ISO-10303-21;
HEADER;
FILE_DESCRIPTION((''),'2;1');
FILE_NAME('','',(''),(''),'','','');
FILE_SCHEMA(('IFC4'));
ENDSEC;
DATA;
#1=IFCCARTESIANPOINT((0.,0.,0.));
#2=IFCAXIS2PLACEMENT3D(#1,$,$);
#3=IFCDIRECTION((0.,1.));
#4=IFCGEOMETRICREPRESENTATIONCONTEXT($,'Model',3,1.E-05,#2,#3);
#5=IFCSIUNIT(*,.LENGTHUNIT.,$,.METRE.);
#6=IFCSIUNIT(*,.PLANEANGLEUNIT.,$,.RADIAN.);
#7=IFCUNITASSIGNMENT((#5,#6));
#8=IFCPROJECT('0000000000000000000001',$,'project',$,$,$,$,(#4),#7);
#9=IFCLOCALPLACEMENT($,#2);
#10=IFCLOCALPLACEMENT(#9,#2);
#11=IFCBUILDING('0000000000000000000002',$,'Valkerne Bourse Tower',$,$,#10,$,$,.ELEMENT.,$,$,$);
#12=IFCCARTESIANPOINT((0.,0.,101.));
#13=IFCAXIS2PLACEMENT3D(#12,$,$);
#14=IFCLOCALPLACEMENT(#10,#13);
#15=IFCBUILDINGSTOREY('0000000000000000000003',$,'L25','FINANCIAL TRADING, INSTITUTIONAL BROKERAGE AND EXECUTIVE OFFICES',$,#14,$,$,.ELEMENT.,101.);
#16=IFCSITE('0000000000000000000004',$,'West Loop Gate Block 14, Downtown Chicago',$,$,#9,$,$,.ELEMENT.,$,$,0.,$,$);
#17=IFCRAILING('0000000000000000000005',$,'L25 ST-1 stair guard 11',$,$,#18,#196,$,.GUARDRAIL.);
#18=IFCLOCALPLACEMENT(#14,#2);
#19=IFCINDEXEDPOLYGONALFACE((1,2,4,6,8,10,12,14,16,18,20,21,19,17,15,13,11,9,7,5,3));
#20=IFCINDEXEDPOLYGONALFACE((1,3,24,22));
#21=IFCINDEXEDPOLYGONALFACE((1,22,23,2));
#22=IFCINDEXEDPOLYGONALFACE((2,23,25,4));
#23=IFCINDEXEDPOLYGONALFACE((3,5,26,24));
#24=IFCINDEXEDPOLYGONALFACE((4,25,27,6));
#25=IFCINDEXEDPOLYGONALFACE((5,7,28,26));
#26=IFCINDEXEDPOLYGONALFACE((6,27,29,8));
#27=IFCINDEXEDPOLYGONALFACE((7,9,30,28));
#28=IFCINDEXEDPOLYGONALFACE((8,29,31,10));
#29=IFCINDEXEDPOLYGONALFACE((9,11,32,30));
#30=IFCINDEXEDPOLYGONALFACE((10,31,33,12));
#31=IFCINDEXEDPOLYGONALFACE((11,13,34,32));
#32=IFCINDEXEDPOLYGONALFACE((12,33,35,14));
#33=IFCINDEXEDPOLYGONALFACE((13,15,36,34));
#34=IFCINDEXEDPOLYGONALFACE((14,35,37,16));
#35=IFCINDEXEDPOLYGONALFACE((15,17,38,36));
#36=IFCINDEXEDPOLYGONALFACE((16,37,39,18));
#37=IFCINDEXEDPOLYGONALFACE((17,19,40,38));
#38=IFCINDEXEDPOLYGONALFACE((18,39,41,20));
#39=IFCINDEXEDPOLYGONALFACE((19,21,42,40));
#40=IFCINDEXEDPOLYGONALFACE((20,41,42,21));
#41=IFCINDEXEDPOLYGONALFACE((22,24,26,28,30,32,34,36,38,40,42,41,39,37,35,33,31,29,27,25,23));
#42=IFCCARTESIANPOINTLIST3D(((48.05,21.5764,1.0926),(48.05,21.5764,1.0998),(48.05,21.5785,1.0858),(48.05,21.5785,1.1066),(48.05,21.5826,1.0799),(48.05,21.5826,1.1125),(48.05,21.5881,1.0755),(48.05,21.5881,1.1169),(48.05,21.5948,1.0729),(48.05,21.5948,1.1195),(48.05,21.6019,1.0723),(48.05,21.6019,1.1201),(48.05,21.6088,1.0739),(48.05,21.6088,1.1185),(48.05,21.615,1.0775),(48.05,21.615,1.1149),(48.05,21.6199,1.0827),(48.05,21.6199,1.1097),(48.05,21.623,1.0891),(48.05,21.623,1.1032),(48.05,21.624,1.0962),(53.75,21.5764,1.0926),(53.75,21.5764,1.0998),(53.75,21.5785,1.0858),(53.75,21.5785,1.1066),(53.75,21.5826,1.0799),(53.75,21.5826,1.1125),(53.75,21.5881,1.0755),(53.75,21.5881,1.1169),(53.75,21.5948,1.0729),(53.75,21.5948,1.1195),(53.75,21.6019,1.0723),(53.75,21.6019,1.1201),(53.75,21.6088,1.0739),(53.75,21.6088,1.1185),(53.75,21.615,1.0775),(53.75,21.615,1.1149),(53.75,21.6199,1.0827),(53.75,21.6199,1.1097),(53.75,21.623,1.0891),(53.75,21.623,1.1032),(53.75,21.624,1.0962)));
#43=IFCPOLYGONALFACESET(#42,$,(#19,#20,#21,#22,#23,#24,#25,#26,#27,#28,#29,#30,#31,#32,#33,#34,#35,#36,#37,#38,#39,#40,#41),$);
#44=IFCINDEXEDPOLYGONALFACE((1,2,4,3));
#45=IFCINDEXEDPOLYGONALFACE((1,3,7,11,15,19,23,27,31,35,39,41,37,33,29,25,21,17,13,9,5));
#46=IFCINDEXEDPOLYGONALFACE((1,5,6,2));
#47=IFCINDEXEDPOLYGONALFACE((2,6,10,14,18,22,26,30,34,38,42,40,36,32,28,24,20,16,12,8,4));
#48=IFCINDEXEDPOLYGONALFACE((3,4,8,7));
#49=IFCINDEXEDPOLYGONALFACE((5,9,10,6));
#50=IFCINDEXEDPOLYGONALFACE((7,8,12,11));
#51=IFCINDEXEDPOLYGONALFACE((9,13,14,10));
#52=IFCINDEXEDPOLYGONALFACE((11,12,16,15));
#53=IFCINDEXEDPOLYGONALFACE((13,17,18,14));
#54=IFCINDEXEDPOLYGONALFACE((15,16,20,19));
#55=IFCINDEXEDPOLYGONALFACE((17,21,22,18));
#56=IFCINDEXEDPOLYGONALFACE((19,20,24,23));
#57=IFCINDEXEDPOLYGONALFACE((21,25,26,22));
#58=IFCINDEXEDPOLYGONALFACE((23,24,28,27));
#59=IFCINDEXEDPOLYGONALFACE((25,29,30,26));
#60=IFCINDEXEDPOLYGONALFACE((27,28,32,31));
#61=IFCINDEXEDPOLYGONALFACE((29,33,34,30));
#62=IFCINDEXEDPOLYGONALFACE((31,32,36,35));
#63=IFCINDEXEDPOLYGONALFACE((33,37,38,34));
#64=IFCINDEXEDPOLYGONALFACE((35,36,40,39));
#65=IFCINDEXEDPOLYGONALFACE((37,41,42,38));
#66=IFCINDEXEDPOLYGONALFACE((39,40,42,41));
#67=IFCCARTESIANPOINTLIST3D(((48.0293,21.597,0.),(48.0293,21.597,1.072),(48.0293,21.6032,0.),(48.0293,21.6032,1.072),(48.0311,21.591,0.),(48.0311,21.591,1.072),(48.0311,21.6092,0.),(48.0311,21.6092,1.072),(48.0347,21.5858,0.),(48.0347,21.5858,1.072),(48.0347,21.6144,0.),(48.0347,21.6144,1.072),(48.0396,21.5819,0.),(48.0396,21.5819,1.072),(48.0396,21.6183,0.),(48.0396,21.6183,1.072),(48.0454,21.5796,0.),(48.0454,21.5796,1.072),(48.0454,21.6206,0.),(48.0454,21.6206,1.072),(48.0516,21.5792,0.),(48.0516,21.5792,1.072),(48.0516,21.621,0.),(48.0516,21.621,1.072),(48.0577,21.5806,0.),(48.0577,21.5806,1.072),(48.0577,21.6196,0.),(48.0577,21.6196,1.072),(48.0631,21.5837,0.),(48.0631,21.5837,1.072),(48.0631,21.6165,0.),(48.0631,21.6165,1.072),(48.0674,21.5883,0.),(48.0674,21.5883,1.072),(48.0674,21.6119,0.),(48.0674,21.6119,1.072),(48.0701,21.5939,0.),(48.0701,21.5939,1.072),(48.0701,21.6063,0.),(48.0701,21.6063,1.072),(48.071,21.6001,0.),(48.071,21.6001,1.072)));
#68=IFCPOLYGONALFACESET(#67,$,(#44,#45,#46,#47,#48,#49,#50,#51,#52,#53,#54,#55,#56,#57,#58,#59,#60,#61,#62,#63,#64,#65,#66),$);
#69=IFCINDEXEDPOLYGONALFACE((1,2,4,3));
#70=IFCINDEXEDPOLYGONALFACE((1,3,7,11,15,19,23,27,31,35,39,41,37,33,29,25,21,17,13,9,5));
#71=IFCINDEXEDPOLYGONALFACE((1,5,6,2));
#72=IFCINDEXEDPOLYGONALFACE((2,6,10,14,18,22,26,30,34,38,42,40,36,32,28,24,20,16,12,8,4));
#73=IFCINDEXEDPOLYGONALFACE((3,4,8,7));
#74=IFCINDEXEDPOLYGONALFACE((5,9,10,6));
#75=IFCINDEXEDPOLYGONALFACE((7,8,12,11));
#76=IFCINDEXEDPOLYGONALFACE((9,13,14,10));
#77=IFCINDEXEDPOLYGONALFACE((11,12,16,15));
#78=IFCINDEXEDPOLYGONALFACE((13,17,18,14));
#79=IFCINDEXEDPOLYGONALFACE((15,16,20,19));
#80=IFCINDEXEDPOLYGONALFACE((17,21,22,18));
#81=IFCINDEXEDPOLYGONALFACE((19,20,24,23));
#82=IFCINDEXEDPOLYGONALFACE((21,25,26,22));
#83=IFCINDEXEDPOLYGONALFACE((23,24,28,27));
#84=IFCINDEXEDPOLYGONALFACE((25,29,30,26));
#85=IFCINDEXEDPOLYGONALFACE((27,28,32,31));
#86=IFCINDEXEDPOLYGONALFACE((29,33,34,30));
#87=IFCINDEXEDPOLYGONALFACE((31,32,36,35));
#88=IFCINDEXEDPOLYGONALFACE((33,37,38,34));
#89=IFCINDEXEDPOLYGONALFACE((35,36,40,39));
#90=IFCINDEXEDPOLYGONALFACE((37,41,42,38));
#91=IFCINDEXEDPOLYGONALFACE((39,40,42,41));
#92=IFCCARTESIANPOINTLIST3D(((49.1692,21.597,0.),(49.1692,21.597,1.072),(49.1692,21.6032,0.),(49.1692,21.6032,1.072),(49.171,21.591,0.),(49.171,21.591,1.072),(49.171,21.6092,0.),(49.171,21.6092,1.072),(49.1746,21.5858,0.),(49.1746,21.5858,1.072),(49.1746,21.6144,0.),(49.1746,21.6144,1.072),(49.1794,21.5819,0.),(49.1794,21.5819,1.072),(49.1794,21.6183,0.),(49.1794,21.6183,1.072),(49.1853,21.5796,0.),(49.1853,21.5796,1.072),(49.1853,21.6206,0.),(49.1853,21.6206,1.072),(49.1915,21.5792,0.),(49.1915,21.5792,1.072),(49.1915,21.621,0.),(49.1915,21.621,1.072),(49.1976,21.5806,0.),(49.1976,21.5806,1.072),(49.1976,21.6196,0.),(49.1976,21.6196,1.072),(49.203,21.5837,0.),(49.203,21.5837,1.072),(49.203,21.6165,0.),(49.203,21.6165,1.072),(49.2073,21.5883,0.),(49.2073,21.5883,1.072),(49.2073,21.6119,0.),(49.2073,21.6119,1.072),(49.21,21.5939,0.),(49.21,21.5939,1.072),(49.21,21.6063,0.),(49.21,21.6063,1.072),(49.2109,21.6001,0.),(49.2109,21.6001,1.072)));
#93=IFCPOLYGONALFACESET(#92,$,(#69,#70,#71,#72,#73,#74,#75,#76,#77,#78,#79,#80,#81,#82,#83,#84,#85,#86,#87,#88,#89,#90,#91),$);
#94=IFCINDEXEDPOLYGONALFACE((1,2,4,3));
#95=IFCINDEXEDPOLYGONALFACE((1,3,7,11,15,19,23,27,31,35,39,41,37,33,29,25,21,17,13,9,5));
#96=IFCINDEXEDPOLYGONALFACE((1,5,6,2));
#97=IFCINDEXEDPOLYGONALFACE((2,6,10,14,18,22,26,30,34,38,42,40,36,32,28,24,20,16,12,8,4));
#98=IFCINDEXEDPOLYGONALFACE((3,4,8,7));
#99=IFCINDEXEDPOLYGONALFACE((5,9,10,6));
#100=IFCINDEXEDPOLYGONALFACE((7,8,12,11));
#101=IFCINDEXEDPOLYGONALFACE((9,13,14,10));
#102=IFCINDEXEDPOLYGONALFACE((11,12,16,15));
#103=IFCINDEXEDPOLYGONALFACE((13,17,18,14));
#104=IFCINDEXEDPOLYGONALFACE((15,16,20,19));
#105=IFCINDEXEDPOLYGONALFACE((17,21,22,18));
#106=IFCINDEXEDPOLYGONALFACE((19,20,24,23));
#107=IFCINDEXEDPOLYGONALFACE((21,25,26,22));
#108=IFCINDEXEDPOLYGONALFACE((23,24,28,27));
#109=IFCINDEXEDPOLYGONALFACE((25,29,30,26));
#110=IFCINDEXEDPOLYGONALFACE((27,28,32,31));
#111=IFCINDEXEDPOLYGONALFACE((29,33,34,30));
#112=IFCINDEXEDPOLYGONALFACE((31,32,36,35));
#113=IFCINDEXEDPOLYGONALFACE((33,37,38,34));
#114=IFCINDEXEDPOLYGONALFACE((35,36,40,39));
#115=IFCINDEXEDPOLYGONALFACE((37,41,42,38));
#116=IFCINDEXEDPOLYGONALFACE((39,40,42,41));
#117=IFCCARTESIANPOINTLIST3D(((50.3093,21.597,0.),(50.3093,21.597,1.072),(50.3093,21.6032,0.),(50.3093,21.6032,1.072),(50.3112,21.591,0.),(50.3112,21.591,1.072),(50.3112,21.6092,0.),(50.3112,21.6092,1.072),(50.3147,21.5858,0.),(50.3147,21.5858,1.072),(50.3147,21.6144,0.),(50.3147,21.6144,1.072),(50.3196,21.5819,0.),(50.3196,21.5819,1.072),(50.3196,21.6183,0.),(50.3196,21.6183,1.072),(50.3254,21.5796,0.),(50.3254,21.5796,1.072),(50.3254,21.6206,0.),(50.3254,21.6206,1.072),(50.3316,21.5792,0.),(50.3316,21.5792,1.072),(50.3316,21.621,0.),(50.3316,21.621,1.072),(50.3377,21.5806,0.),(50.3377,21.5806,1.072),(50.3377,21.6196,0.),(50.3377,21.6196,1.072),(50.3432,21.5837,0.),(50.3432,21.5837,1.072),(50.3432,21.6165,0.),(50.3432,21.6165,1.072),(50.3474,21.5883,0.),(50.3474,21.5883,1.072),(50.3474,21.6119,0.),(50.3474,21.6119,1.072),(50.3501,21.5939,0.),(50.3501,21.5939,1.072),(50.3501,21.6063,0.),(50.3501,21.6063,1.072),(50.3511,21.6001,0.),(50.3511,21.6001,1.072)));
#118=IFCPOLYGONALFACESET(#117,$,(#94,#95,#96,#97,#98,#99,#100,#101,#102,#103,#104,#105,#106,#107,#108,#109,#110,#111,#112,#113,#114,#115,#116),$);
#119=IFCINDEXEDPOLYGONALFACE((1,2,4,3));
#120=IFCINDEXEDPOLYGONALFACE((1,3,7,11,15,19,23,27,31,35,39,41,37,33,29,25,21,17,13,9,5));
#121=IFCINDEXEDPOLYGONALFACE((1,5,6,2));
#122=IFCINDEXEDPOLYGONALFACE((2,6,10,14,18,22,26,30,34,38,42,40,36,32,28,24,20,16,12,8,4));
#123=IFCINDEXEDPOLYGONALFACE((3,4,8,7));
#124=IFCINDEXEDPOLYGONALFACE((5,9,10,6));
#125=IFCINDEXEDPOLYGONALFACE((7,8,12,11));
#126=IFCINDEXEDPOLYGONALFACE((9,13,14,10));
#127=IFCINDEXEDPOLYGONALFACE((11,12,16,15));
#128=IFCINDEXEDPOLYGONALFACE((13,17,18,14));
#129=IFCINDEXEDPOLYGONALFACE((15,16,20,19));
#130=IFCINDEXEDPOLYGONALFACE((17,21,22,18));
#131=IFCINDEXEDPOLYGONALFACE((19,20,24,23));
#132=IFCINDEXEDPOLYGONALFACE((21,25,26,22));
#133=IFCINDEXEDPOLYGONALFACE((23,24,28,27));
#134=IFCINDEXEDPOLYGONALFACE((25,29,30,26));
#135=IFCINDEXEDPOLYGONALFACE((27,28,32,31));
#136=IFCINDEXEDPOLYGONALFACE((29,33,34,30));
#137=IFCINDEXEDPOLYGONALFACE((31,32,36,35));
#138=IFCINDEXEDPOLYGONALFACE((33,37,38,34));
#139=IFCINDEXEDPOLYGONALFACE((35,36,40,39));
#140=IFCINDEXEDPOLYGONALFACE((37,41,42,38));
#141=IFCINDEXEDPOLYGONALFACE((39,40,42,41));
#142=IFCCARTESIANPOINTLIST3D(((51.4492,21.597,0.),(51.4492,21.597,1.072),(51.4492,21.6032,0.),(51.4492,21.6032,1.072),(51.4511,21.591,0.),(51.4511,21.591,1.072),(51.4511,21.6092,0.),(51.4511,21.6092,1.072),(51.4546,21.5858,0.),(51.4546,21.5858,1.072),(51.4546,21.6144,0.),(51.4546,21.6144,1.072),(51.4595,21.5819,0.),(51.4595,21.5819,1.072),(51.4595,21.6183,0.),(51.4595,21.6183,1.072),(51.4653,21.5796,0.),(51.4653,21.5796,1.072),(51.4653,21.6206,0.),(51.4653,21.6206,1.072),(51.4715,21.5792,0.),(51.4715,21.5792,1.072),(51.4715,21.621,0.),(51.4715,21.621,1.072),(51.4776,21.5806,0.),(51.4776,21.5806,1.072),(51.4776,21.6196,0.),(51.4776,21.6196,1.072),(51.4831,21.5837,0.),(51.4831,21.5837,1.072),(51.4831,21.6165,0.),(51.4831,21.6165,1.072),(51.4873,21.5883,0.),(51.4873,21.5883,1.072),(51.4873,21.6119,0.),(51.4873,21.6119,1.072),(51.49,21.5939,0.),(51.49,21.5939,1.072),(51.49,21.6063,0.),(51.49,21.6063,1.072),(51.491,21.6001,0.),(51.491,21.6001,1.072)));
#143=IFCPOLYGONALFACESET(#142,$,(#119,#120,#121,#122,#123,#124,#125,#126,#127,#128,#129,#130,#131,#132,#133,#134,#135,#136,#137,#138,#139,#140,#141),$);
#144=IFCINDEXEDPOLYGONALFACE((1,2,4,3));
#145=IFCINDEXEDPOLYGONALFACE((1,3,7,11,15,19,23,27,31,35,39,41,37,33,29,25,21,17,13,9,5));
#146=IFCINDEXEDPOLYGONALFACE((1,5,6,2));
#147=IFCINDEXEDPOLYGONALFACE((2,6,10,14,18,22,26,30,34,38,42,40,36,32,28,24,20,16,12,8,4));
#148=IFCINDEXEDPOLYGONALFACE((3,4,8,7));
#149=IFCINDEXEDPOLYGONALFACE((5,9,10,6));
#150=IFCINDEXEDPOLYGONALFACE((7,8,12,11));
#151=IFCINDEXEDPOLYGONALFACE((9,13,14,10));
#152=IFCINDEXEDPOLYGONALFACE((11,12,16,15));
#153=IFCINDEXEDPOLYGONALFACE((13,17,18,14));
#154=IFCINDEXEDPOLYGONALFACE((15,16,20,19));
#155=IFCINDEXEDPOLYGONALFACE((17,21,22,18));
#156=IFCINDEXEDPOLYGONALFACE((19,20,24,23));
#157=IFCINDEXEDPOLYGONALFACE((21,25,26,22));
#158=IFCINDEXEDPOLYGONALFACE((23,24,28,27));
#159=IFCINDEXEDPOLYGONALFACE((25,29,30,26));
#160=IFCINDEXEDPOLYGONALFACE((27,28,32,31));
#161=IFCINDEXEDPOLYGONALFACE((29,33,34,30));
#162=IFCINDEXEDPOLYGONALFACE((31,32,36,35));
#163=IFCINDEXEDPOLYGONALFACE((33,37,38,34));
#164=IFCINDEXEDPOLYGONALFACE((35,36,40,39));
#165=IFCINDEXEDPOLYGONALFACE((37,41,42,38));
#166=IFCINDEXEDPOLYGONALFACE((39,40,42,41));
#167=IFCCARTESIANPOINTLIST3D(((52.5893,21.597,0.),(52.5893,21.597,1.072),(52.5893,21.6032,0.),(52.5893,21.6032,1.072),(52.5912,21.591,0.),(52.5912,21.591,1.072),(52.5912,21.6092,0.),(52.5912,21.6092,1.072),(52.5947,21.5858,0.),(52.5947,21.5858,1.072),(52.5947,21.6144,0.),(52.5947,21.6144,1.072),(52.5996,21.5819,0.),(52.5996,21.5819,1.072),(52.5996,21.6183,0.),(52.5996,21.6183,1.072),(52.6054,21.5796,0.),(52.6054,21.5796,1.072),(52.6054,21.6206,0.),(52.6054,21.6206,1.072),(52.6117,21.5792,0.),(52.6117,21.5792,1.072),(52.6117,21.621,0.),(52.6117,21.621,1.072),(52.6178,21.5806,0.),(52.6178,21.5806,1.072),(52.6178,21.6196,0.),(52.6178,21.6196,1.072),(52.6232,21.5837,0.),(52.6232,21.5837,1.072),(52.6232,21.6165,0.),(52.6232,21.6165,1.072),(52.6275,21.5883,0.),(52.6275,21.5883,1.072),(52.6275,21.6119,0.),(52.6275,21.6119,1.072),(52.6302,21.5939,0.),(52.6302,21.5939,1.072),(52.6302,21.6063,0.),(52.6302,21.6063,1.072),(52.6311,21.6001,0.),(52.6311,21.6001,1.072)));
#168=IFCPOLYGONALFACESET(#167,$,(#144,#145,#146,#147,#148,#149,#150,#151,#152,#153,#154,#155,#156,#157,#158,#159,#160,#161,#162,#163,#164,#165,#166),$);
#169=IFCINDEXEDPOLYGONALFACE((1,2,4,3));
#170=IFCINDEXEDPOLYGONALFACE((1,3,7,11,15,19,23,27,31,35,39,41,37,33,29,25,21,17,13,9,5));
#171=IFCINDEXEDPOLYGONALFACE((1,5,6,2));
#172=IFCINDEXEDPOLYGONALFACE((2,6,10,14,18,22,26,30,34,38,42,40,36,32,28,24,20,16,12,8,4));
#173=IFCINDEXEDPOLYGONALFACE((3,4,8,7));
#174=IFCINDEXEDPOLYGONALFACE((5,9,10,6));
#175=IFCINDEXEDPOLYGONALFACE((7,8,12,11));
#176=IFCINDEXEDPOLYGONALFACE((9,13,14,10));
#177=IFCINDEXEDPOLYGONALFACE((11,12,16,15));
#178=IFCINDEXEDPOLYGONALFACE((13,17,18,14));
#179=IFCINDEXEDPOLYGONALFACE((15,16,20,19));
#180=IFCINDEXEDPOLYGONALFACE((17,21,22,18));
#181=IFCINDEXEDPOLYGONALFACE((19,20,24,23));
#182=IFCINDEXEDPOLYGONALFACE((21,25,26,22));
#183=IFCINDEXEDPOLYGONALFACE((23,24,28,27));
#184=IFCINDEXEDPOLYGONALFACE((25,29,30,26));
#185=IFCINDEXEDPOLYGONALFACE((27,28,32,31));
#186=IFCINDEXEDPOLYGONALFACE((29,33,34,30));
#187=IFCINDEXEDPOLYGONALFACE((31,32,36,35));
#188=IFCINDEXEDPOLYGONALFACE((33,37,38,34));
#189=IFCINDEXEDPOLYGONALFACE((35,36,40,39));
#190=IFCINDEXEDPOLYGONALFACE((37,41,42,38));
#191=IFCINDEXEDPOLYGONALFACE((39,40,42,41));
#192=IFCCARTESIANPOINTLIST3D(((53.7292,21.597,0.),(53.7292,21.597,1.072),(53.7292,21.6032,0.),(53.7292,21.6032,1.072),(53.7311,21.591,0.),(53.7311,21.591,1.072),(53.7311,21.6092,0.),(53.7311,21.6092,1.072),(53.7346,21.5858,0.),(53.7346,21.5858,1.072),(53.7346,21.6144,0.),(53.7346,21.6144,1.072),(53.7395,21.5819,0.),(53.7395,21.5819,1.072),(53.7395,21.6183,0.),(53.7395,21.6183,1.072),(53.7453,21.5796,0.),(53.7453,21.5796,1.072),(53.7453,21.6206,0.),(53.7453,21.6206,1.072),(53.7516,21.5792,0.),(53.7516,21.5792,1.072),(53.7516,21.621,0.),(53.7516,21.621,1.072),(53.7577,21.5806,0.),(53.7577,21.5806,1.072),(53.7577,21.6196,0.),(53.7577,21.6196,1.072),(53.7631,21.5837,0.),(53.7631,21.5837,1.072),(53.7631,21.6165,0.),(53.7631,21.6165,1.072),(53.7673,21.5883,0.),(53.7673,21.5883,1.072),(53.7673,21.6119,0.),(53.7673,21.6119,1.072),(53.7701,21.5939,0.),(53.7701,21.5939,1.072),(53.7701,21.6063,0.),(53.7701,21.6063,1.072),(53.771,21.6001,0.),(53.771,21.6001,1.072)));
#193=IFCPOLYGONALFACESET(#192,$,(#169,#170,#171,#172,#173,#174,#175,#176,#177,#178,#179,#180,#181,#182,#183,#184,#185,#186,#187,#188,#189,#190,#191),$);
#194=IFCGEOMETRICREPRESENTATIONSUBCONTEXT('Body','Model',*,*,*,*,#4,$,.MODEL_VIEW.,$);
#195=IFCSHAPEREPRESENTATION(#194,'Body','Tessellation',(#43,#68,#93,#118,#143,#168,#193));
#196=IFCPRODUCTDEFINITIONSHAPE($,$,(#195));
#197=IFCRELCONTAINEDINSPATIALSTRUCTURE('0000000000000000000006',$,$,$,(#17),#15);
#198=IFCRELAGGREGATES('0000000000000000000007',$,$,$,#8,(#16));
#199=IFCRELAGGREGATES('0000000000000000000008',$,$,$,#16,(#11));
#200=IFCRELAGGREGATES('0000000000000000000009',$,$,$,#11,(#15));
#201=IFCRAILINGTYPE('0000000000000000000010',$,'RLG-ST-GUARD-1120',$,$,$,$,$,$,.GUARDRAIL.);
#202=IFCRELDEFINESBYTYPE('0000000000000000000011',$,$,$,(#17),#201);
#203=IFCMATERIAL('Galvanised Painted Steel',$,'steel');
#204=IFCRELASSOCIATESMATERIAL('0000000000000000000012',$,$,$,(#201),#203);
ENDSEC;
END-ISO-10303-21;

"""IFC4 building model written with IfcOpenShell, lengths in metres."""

from ifc_helpers import new_model, si_unit, direction, frame, origin, origin_2d, place, context, subcontext, project, spatial, circle, extrude, material, type_object, element, save


model = new_model("IFC4")

# Units and contexts
model_context = context("Model", 3, precision=1e-05, world=origin(), true_north=direction((0.0, 1.0)))
body_context = subcontext(model_context, "Body", "Model", "MODEL_VIEW")
ifc_project = project(units=[si_unit("LENGTHUNIT", "METRE"), si_unit("PLANEANGLEUNIT", "RADIAN")], contexts=[model_context])

# Site, building, storey
site_placement = place(None, origin())
site = spatial("IfcSite", under=ifc_project, at=site_placement, Name="West Loop Gate Block 14, Downtown Chicago", CompositionType="ELEMENT", RefElevation=0.0)
building_placement = place(site_placement, origin())
building = spatial("IfcBuilding", under=site, at=building_placement, Name="Valkerne Bourse Tower", CompositionType="ELEMENT")
storey_placement = place(building_placement, frame((0.0, 0.0, 101.0)))
storey = spatial("IfcBuildingStorey", under=building, at=storey_placement, Name="L25", Description="FINANCIAL TRADING, INSTITUTIONAL BROKERAGE AND EXECUTIVE OFFICES", CompositionType="ELEMENT", Elevation=101.0)

# Shared definitions
ifc_material_1 = material(Name="Galvanised Painted Steel", Category="steel")

# Railing
railing_type_1 = type_object("IfcRailingType", Name="RLG-ST-GUARD-1120", PredefinedType="GUARDRAIL", material=ifc_material_1)
railing_1_placement = place(storey_placement, frame((48.05, 21.6001, 0.0)))
element("IfcRailing", 1, at=railing_1_placement, inside=storey, type_object=railing_type_1, Name="L25 ST-1 stair guard 11", PredefinedType="GUARDRAIL", context=body_context, shape_type="SweptSolid", body=[
    extrude(circle(Radius=0.0239, at=origin_2d()), frame((0.0, 0.0, 1.0962), z_axis=(1.0, 0.0, 0.0), x_axis=(0.0, 1.0, 0.0)), (0.0, 0.0, 1.0), 5.7),
    extrude(circle(Radius=0.021, at=origin_2d()), origin(), (0.0, 0.0, 1.0), 1.072),
    extrude(circle(Radius=0.021, at=origin_2d()), frame((1.1399, 0.0, 0.0)), (0.0, 0.0, 1.0), 1.072),
    extrude(circle(Radius=0.021, at=origin_2d()), frame((2.28, 0.0, 0.0)), (0.0, 0.0, 1.0), 1.072),
    extrude(circle(Radius=0.021, at=origin_2d()), frame((3.4199, 0.0, 0.0)), (0.0, 0.0, 1.0), 1.072),
    extrude(circle(Radius=0.021, at=origin_2d()), frame((4.5601, 0.0, 0.0)), (0.0, 0.0, 1.0), 1.072),
    extrude(circle(Radius=0.021, at=origin_2d()), frame((5.7, 0.0, 0.0)), (0.0, 0.0, 1.0), 1.072),
])

save(model, "model.ifc")
